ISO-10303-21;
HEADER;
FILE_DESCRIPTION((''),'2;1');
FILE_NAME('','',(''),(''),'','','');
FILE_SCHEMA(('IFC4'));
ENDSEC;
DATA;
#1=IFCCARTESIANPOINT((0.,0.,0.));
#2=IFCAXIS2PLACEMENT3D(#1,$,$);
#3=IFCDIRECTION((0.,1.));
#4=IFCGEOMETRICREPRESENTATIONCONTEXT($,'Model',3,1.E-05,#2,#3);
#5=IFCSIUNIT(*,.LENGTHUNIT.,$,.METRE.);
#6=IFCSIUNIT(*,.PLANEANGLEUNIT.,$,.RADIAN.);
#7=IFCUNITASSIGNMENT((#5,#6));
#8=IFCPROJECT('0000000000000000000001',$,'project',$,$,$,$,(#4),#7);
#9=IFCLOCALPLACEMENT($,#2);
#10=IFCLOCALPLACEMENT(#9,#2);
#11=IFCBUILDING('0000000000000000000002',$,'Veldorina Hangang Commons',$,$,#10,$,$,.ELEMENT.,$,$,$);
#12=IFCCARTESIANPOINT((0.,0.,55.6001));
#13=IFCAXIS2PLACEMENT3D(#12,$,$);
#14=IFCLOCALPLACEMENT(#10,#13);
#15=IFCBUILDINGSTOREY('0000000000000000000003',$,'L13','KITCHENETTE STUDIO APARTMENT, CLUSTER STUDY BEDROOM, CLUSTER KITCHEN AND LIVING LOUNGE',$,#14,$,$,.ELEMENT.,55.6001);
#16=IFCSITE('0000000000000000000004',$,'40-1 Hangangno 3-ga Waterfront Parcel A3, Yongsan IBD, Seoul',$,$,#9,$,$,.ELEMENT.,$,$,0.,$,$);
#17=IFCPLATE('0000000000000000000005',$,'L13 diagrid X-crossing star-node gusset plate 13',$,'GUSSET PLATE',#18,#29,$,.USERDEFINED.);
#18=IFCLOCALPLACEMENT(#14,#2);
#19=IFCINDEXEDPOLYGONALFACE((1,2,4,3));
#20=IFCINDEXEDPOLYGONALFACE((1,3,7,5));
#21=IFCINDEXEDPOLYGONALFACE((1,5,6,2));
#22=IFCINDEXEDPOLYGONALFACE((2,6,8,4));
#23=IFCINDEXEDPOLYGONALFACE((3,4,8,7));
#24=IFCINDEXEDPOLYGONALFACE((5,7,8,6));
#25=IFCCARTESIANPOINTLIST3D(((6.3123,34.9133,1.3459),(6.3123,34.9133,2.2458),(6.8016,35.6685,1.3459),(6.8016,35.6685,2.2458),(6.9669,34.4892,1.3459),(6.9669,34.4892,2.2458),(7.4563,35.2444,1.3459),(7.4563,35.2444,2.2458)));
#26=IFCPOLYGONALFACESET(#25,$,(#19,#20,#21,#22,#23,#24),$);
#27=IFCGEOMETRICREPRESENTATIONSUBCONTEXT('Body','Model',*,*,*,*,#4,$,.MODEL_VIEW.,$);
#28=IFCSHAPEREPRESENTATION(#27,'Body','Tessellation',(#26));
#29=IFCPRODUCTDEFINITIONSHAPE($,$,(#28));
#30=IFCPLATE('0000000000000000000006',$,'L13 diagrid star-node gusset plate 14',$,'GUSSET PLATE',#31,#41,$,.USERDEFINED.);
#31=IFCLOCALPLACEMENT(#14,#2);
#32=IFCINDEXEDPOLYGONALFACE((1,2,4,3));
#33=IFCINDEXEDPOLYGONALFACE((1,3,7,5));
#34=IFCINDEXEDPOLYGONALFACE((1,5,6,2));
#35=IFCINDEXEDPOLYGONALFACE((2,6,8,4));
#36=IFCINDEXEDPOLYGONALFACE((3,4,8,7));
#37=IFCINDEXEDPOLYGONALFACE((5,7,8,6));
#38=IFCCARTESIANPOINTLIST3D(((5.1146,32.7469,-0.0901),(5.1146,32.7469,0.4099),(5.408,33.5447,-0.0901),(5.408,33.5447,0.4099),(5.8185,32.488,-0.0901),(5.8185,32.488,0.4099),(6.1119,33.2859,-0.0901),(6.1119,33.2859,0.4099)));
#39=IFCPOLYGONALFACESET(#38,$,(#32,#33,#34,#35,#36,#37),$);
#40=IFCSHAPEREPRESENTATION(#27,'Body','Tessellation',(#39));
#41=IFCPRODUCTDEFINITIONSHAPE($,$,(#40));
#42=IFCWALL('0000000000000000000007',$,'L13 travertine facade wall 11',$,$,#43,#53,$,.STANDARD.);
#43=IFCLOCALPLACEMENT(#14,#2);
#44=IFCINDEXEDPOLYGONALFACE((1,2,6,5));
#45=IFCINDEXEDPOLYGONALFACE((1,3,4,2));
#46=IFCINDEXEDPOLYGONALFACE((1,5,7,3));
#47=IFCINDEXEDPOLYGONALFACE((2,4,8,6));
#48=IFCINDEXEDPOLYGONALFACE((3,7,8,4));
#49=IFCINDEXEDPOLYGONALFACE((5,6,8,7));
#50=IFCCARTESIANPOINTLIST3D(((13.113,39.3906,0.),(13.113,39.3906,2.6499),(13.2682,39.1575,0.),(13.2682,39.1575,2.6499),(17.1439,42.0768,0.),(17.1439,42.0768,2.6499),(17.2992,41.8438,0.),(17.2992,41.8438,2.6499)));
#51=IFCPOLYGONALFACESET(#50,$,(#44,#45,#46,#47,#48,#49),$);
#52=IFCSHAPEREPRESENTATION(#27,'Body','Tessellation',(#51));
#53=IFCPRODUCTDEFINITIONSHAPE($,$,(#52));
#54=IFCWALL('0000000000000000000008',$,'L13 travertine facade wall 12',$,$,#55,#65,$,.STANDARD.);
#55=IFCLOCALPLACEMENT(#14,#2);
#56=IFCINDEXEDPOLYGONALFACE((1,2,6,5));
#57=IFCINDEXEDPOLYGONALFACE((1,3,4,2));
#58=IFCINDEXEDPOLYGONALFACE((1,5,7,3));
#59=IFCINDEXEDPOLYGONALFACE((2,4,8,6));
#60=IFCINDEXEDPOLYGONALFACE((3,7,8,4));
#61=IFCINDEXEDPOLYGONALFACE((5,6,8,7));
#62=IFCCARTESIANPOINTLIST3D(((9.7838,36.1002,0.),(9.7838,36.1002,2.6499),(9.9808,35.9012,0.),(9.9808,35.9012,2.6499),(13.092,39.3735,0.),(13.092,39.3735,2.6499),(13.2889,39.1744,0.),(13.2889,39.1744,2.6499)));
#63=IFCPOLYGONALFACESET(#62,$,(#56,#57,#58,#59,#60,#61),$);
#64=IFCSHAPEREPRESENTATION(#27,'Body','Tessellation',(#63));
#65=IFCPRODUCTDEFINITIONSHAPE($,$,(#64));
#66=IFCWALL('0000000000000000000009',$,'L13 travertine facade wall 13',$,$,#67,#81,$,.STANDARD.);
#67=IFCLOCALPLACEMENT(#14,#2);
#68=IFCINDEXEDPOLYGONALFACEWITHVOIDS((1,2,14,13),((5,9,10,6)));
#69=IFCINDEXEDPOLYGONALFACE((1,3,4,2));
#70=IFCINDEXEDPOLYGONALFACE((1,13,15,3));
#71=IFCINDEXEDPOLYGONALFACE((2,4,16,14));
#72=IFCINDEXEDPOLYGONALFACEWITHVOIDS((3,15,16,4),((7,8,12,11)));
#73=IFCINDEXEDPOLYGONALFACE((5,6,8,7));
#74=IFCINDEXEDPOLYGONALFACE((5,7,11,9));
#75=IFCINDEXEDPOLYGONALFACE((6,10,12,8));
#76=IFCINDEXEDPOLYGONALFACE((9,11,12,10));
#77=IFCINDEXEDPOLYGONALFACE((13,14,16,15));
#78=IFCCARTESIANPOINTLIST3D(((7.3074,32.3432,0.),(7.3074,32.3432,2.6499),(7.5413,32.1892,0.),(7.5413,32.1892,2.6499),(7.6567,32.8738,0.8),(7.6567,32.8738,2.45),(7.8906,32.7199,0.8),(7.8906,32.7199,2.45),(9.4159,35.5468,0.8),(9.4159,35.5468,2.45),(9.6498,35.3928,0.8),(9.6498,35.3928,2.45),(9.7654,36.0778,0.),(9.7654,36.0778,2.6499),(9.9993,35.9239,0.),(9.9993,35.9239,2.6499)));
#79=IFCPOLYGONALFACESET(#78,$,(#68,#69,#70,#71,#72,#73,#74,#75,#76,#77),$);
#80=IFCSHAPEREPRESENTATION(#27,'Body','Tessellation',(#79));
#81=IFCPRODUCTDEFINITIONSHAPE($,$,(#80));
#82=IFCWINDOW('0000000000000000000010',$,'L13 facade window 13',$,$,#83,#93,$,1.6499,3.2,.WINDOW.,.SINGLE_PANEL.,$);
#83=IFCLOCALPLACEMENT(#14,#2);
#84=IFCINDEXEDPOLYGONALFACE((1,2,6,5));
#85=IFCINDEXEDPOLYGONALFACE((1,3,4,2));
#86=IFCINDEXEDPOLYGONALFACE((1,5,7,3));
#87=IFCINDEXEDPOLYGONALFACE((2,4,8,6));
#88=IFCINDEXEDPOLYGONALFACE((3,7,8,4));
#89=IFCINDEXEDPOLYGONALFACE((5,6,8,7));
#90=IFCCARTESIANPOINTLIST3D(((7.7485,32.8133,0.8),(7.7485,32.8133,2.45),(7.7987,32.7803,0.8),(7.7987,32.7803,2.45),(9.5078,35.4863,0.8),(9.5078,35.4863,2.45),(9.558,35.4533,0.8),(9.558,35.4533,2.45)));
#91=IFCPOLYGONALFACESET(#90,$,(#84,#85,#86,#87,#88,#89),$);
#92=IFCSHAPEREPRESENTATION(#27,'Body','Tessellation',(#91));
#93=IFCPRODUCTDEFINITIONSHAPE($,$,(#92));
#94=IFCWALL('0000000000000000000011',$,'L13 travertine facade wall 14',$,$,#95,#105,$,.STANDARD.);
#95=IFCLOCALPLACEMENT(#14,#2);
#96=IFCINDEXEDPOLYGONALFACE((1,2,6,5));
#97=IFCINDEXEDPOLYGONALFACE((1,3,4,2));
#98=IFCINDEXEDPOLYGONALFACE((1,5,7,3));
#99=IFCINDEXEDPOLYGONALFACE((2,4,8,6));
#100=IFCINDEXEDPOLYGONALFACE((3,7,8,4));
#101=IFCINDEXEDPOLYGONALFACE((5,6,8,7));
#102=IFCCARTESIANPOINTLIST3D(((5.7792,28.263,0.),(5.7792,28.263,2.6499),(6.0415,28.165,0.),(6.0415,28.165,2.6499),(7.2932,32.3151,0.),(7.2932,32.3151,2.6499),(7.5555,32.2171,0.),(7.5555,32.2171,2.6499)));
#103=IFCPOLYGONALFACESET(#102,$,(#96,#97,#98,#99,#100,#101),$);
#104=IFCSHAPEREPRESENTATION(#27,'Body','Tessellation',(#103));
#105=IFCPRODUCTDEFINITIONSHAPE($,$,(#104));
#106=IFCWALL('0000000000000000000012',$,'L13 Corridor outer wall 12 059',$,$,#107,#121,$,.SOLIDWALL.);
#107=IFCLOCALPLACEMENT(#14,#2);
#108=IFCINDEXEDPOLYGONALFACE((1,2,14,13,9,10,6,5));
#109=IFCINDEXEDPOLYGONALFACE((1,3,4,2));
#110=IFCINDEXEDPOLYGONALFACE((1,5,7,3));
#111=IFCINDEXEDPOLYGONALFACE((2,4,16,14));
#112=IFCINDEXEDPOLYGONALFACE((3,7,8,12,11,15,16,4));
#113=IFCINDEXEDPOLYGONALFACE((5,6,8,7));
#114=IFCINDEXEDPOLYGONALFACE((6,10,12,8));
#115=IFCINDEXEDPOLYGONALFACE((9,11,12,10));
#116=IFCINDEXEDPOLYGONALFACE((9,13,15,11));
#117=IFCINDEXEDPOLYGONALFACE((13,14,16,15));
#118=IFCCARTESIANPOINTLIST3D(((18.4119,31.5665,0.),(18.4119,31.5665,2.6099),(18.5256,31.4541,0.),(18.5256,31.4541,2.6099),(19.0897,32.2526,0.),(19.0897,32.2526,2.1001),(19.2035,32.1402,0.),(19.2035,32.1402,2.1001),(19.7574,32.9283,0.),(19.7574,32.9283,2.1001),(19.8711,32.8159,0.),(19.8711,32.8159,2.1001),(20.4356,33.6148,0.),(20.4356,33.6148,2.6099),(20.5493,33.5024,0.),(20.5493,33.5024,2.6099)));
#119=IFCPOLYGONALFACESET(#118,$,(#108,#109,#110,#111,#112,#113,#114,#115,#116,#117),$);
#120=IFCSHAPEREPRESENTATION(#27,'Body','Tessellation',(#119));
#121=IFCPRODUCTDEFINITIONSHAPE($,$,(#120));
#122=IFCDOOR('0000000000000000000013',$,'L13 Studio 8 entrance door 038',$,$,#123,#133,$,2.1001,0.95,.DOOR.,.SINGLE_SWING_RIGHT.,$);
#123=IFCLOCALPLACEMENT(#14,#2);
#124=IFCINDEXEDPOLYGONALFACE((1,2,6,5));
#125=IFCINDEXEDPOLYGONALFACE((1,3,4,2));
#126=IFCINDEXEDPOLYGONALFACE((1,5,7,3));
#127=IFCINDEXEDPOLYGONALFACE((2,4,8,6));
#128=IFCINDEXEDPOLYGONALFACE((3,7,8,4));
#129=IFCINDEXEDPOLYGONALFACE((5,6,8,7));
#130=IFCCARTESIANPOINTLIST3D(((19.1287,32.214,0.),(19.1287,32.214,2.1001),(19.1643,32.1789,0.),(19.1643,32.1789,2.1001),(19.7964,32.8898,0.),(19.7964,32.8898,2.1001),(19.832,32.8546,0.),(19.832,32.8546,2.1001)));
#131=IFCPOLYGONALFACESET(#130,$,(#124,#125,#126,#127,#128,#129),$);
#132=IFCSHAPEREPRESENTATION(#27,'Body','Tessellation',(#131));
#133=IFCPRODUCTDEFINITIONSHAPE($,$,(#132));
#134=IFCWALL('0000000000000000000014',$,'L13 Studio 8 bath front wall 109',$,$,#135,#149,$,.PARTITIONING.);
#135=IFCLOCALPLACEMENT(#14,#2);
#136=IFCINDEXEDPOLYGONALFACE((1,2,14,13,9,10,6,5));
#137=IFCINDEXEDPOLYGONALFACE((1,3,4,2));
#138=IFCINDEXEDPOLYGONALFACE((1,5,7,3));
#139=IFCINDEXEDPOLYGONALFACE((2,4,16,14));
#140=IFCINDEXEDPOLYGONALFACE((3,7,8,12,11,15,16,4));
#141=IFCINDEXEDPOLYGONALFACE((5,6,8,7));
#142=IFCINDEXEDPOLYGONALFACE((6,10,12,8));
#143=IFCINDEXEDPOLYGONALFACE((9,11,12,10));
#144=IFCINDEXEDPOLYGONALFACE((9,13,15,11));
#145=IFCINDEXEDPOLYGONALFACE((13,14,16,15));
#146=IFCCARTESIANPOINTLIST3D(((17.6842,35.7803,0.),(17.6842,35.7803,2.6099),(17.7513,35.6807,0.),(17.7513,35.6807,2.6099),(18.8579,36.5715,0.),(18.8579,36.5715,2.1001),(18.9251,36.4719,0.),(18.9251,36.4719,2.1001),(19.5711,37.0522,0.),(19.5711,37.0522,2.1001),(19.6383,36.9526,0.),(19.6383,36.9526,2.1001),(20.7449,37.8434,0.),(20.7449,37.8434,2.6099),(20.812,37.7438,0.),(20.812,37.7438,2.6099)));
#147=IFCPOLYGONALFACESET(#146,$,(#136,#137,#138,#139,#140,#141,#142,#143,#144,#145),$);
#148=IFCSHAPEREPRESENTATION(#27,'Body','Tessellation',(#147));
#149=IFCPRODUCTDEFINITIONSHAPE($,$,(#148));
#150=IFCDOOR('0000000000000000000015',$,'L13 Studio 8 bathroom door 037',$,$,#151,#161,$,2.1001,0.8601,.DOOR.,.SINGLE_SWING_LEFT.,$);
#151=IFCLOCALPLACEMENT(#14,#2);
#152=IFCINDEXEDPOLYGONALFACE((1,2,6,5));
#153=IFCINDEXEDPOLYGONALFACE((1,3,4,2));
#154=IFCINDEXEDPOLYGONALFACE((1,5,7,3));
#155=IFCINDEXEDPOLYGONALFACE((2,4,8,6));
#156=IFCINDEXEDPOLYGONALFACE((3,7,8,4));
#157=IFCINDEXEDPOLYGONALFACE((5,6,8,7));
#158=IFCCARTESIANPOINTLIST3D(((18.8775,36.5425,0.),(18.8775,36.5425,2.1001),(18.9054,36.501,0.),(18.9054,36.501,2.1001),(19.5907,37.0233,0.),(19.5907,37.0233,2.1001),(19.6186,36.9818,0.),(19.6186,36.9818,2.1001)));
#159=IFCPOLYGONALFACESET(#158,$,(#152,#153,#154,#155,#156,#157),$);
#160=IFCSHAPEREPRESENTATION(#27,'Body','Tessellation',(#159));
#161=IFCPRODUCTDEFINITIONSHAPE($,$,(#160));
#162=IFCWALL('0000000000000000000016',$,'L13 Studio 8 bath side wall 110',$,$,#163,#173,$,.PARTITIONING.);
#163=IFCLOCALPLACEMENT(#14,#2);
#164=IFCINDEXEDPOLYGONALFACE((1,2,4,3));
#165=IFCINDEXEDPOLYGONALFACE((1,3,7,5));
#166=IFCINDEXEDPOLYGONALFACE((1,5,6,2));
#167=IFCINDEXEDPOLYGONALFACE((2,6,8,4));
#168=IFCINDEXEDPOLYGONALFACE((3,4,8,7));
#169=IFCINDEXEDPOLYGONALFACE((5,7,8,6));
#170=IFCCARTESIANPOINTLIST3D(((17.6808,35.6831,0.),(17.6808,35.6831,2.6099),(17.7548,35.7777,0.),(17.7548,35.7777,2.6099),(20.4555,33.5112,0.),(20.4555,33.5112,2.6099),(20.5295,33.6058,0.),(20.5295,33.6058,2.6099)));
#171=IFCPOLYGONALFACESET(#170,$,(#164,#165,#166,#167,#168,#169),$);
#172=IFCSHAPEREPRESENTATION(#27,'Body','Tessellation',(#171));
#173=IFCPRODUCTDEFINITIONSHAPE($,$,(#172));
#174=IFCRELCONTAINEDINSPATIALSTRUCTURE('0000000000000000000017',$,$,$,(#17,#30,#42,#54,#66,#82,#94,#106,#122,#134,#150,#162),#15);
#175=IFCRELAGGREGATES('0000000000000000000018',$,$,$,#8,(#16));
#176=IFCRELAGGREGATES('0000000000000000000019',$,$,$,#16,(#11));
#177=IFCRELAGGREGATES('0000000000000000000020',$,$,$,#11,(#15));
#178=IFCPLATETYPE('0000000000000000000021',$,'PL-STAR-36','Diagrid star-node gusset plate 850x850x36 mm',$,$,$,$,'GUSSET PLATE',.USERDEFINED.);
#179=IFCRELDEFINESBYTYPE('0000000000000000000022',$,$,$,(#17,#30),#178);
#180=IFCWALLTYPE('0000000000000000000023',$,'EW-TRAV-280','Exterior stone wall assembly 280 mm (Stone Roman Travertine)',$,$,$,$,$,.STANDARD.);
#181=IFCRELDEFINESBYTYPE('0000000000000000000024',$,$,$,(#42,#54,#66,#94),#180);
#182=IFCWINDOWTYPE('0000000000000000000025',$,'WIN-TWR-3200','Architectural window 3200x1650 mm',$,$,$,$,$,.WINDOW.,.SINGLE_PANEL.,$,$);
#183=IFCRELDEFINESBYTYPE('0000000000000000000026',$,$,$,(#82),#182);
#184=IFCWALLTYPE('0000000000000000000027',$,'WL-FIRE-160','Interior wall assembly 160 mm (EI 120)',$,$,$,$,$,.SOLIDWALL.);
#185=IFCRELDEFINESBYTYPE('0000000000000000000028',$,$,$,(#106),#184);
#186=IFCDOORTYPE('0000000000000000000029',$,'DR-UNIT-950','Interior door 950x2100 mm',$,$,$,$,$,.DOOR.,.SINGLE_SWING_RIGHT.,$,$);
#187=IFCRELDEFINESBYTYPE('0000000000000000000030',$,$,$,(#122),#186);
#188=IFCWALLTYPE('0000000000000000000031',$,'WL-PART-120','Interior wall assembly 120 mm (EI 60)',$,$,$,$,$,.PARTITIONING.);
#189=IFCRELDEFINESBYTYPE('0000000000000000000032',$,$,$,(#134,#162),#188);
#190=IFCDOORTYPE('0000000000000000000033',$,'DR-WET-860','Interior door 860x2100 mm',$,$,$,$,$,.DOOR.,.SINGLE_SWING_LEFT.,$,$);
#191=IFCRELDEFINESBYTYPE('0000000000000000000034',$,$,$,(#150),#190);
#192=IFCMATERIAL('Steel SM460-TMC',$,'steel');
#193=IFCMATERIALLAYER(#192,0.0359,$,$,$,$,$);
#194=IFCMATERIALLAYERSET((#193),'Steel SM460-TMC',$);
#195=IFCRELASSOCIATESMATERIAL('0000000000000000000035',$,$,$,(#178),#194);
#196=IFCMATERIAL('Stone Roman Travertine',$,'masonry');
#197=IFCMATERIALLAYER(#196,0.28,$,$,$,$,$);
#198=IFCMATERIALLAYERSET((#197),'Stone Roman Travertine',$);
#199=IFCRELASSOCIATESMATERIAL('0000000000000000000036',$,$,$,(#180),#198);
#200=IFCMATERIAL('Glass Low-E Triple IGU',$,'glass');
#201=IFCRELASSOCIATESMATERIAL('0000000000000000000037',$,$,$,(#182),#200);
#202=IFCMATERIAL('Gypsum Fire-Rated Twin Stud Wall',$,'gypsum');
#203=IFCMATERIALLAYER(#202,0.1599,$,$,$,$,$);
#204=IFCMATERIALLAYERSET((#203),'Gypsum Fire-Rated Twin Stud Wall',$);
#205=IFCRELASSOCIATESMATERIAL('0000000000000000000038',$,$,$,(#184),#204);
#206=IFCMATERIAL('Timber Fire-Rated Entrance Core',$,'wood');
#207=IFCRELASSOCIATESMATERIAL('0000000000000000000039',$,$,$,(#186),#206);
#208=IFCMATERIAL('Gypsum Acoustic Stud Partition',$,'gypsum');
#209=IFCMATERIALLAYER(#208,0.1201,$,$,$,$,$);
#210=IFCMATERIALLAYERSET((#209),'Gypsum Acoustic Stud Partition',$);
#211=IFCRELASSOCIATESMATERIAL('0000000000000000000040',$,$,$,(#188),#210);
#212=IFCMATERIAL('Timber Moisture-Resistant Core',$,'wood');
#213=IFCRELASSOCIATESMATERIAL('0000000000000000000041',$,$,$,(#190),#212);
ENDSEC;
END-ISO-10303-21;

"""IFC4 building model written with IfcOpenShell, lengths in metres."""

from ifc_helpers import new_model, si_unit, direction, frame, frame_2d, origin, origin_2d, place, context, subcontext, project, spatial, rectangle, extrude, material, layer, layer_set, type_object, element, fill, save


model = new_model("IFC4")

# Units and contexts
model_context = context("Model", 3, precision=1e-05, world=origin(), true_north=direction((0.0, 1.0)))
body_context = subcontext(model_context, "Body", "Model", "MODEL_VIEW")
ifc_project = project(units=[si_unit("LENGTHUNIT", "METRE"), si_unit("PLANEANGLEUNIT", "RADIAN")], contexts=[model_context])

# Site, building, storey
site_placement = place(None, origin())
site = spatial("IfcSite", under=ifc_project, at=site_placement, Name="40-1 Hangangno 3-ga Waterfront Parcel A3, Yongsan IBD, Seoul", CompositionType="ELEMENT", RefElevation=0.0)
building_placement = place(site_placement, origin())
building = spatial("IfcBuilding", under=site, at=building_placement, Name="Veldorina Hangang Commons", CompositionType="ELEMENT")
storey_placement = place(building_placement, frame((0.0, 0.0, 55.6001)))
storey = spatial("IfcBuildingStorey", under=building, at=storey_placement, Name="L13", Description="KITCHENETTE STUDIO APARTMENT, CLUSTER STUDY BEDROOM, CLUSTER KITCHEN AND LIVING LOUNGE", CompositionType="ELEMENT", Elevation=55.6001)

# Shared definitions
ifc_material_1 = material(Name="Steel SM460-TMC", Category="steel")

# Plates
ifc_layer_1 = layer(ifc_material_1, 0.0359)
ifc_layer_set_1 = layer_set([ifc_layer_1], Name="Steel SM460-TMC")
plate_type = type_object("IfcPlateType", Name="PL-STAR-36", Description="Diagrid star-node gusset plate 850x850x36 mm", ElementType="GUSSET PLATE", PredefinedType="USERDEFINED", material=ifc_layer_set_1)
plate_1_placement = place(storey_placement, frame((6.8843, 35.0789, 1.3459), z_axis=(0.0, 0.0, 1.0), x_axis=(-0.54376, -0.83924, 0.0)))
element("IfcPlate", 1, at=plate_1_placement, inside=storey, type_object=plate_type, Name="L13 diagrid X-crossing star-node gusset plate 13", ObjectType="GUSSET PLATE", PredefinedType="USERDEFINED", context=body_context, shape_type="SweptSolid", body=[
    extrude(rectangle(XDim=0.8999, YDim=0.78, at=origin_2d()), origin(), (0.0, 0.0, 1.0), 0.8999),
])
plate_2_placement = place(storey_placement, frame((5.6133, 33.0164, -0.0901), z_axis=(0.0, 0.0, 1.0), x_axis=(-0.345134, -0.938553, 0.0)))
element("IfcPlate", 2, at=plate_2_placement, inside=storey, type_object=plate_type, Name="L13 diagrid star-node gusset plate 14", ObjectType="GUSSET PLATE", PredefinedType="USERDEFINED", context=body_context, shape_type="SweptSolid", body=[
    extrude(rectangle(XDim=0.8501, YDim=0.75, at=origin_2d()), origin(), (0.0, 0.0, 1.0), 0.5),
])

# Walls
ifc_material_2 = material(Name="Stone Roman Travertine", Category="masonry")
ifc_layer_2 = layer(ifc_material_2, 0.28)
ifc_layer_set_2 = layer_set([ifc_layer_2], Name="Stone Roman Travertine")
wall_type_1 = type_object("IfcWallType", Name="EW-TRAV-280", Description="Exterior stone wall assembly 280 mm (Stone Roman Travertine)", PredefinedType="STANDARD", material=ifc_layer_set_2)
wall_1_placement = place(storey_placement, frame((17.2214, 41.9602, 0.0), z_axis=(0.0, 0.0, 1.0), x_axis=(-0.832151, -0.554549, 0.0)))
element("IfcWall", 3, at=wall_1_placement, inside=storey, type_object=wall_type_1, Name="L13 travertine facade wall 11", PredefinedType="STANDARD", context=body_context, shape_type="SweptSolid", body=[
    extrude(rectangle(XDim=4.844, YDim=0.28, at=frame_2d((2.4219, 0.0))), origin(), (0.0, 0.0, 1.0), 2.6499),
])
wall_2_placement = place(storey_placement, frame((13.1904, 39.2739, 0.0), z_axis=(0.0, 0.0, 1.0), x_axis=(-0.710848, -0.703346, 0.0)))
element("IfcWall", 4, at=wall_2_placement, inside=storey, type_object=wall_type_1, Name="L13 travertine facade wall 12", PredefinedType="STANDARD", context=body_context, shape_type="SweptSolid", body=[
    extrude(rectangle(XDim=4.6538, YDim=0.28, at=frame_2d((2.3269, 0.0))), origin(), (0.0, 0.0, 1.0), 2.6499),
])

# Wall, opening, window
wall_3_placement = place(storey_placement, frame((9.8823, 36.0007, 0.0), z_axis=(0.0, 0.0, 1.0), x_axis=(-0.549776, -0.835312, 0.0)))
wall_3 = element("IfcWall", 5, at=wall_3_placement, inside=storey, type_object=wall_type_1, Name="L13 travertine facade wall 13", PredefinedType="STANDARD", context=body_context, shape_type="SweptSolid", body=[
    extrude(rectangle(XDim=4.4709, YDim=0.28, at=frame_2d((2.2354, 0.0))), origin(), (0.0, 0.0, 1.0), 2.6499),
])
opening_1_placement = place(wall_3_placement, frame((0.6355, 0.0, 0.8)))
opening_1 = element("IfcOpeningElement", 6, at=opening_1_placement, cuts=wall_3, PredefinedType="OPENING", context=body_context, shape_type="SweptSolid", body=[
    extrude(rectangle(XDim=3.2, YDim=1.6499, at=frame_2d((1.6001, 0.825))), frame((0.0, 0.1499, 0.0), z_axis=(0.0, -1.0, 0.0), x_axis=(1.0, 0.0, 0.0)), (0.0, 0.0, 1.0), 0.3),
])
ifc_material_3 = material(Name="Glass Low-E Triple IGU", Category="glass")
window_type = type_object("IfcWindowType", Name="WIN-TWR-3200", Description="Architectural window 3200x1650 mm", PartitioningType="SINGLE_PANEL", PredefinedType="WINDOW", material=ifc_material_3)
window_placement = place(opening_1_placement, origin())
window = element("IfcWindow", 7, at=window_placement, inside=storey, type_object=window_type, Name="L13 facade window 13", OverallHeight=1.6499, OverallWidth=3.2, PartitioningType="SINGLE_PANEL", PredefinedType="WINDOW", context=body_context, shape_type="SweptSolid", body=[
    extrude(rectangle(XDim=3.2, YDim=1.6499, at=frame_2d((1.6001, 0.825))), frame((0.0, 0.03, 0.0), z_axis=(0.0, -1.0, 0.0), x_axis=(1.0, 0.0, 0.0)), (0.0, 0.0, 1.0), 0.0601),
])
fill(opening_1, window)

# Wall
wall_4_placement = place(storey_placement, frame((7.4243, 32.2661, 0.0), z_axis=(0.0, 0.0, 1.0), x_axis=(-0.349991, -0.936753, 0.0)))
element("IfcWall", 8, at=wall_4_placement, inside=storey, type_object=wall_type_1, Name="L13 travertine facade wall 14", PredefinedType="STANDARD", context=body_context, shape_type="SweptSolid", body=[
    extrude(rectangle(XDim=4.3257, YDim=0.28, at=frame_2d((2.1628, 0.0))), origin(), (0.0, 0.0, 1.0), 2.6499),
])

# Walls, openings, doors
ifc_material_4 = material(Name="Gypsum Fire-Rated Twin Stud Wall", Category="gypsum")
ifc_layer_3 = layer(ifc_material_4, 0.1599)
ifc_layer_set_3 = layer_set([ifc_layer_3], Name="Gypsum Fire-Rated Twin Stud Wall")
wall_type_2 = type_object("IfcWallType", Name="WL-FIRE-160", Description="Interior wall assembly 160 mm (EI 120)", PredefinedType="SOLIDWALL", material=ifc_layer_set_3)
wall_5_placement = place(storey_placement, frame((20.4924, 33.5586, 0.0), z_axis=(0.0, 0.0, 1.0), x_axis=(-0.702812, -0.711376, 0.0)))
wall_5 = element("IfcWall", 9, at=wall_5_placement, inside=storey, type_object=wall_type_2, Name="L13 Corridor outer wall 12 059", PredefinedType="SOLIDWALL", context=body_context, shape_type="SweptSolid", body=[
    extrude(rectangle(XDim=2.8794, YDim=0.1599, at=frame_2d((1.4397, 0.0))), origin(), (0.0, 0.0, 1.0), 2.6099),
])
opening_2_placement = place(wall_5_placement, frame((0.9648, 0.0, 0.0)))
opening_2 = element("IfcOpeningElement", 10, at=opening_2_placement, cuts=wall_5, PredefinedType="OPENING", context=body_context, shape_type="SweptSolid", body=[
    extrude(rectangle(XDim=0.95, YDim=2.1001, at=frame_2d((0.4751, 1.05))), frame((0.0, 0.0898, 0.0), z_axis=(0.0, -1.0, 0.0), x_axis=(1.0, 0.0, 0.0)), (0.0, 0.0, 1.0), 0.1799),
])
ifc_material_5 = material(Name="Timber Fire-Rated Entrance Core", Category="wood")
door_type_1 = type_object("IfcDoorType", Name="DR-UNIT-950", Description="Interior door 950x2100 mm", OperationType="SINGLE_SWING_RIGHT", PredefinedType="DOOR", material=ifc_material_5)
door_1_placement = place(opening_2_placement, origin())
door_1 = element("IfcDoor", 11, at=door_1_placement, inside=storey, type_object=door_type_1, Name="L13 Studio 8 entrance door 038", OperationType="SINGLE_SWING_RIGHT", OverallHeight=2.1001, OverallWidth=0.95, PredefinedType="DOOR", context=body_context, shape_type="SweptSolid", body=[
    extrude(rectangle(XDim=0.95, YDim=2.1001, at=frame_2d((0.4751, 1.05))), frame((0.0, 0.0249, 0.0), z_axis=(0.0, -1.0, 0.0), x_axis=(1.0, 0.0, 0.0)), (0.0, 0.0, 1.0), 0.05),
])
fill(opening_2, door_1)
ifc_material_6 = material(Name="Gypsum Acoustic Stud Partition", Category="gypsum")
ifc_layer_4 = layer(ifc_material_6, 0.1201)
ifc_layer_set_4 = layer_set([ifc_layer_4], Name="Gypsum Acoustic Stud Partition")
wall_type_3 = type_object("IfcWallType", Name="WL-PART-120", Description="Interior wall assembly 120 mm (EI 60)", PredefinedType="PARTITIONING", material=ifc_layer_set_4)
wall_6_placement = place(storey_placement, frame((20.7786, 37.7937, 0.0), z_axis=(0.0, 0.0, 1.0), x_axis=(-0.8292, -0.558951, 0.0)))
wall_6 = element("IfcWall", 12, at=wall_6_placement, inside=storey, type_object=wall_type_3, Name="L13 Studio 8 bath front wall 109", PredefinedType="PARTITIONING", context=body_context, shape_type="SweptSolid", body=[
    extrude(rectangle(XDim=3.6912, YDim=0.1201, at=frame_2d((1.8457, 0.0))), origin(), (0.0, 0.0, 1.0), 2.6099),
])
opening_3_placement = place(wall_6_placement, frame((1.4155, 0.0, 0.0)))
opening_3 = element("IfcOpeningElement", 13, at=opening_3_placement, cuts=wall_6, PredefinedType="OPENING", context=body_context, shape_type="SweptSolid", body=[
    extrude(rectangle(XDim=0.8601, YDim=2.1001, at=frame_2d((0.4302, 1.05))), frame((0.0, 0.0701, 0.0), z_axis=(0.0, -1.0, 0.0), x_axis=(1.0, 0.0, 0.0)), (0.0, 0.0, 1.0), 0.1401),
])
ifc_material_7 = material(Name="Timber Moisture-Resistant Core", Category="wood")
door_type_2 = type_object("IfcDoorType", Name="DR-WET-860", Description="Interior door 860x2100 mm", OperationType="SINGLE_SWING_LEFT", PredefinedType="DOOR", material=ifc_material_7)
door_2_placement = place(opening_3_placement, origin())
door_2 = element("IfcDoor", 14, at=door_2_placement, inside=storey, type_object=door_type_2, Name="L13 Studio 8 bathroom door 037", OperationType="SINGLE_SWING_LEFT", OverallHeight=2.1001, OverallWidth=0.8601, PredefinedType="DOOR", context=body_context, shape_type="SweptSolid", body=[
    extrude(rectangle(XDim=0.8601, YDim=2.1001, at=frame_2d((0.4302, 1.05))), frame((0.0, 0.0249, 0.0), z_axis=(0.0, -1.0, 0.0), x_axis=(1.0, 0.0, 0.0)), (0.0, 0.0, 1.0), 0.05),
])
fill(opening_3, door_2)

# Wall
wall_7_placement = place(storey_placement, frame((20.4924, 33.5586, 0.0), z_axis=(0.0, 0.0, 1.0), x_axis=(-0.787449, 0.616379, 0.0)))
element("IfcWall", 15, at=wall_7_placement, inside=storey, type_object=wall_type_3, Name="L13 Studio 8 bath side wall 110", PredefinedType="PARTITIONING", context=body_context, shape_type="SweptSolid", body=[
    extrude(rectangle(XDim=3.5237, YDim=0.1201, at=frame_2d((1.7617, 0.0))), origin(), (0.0, 0.0, 1.0), 2.6099),
])

save(model, "model.ifc")
